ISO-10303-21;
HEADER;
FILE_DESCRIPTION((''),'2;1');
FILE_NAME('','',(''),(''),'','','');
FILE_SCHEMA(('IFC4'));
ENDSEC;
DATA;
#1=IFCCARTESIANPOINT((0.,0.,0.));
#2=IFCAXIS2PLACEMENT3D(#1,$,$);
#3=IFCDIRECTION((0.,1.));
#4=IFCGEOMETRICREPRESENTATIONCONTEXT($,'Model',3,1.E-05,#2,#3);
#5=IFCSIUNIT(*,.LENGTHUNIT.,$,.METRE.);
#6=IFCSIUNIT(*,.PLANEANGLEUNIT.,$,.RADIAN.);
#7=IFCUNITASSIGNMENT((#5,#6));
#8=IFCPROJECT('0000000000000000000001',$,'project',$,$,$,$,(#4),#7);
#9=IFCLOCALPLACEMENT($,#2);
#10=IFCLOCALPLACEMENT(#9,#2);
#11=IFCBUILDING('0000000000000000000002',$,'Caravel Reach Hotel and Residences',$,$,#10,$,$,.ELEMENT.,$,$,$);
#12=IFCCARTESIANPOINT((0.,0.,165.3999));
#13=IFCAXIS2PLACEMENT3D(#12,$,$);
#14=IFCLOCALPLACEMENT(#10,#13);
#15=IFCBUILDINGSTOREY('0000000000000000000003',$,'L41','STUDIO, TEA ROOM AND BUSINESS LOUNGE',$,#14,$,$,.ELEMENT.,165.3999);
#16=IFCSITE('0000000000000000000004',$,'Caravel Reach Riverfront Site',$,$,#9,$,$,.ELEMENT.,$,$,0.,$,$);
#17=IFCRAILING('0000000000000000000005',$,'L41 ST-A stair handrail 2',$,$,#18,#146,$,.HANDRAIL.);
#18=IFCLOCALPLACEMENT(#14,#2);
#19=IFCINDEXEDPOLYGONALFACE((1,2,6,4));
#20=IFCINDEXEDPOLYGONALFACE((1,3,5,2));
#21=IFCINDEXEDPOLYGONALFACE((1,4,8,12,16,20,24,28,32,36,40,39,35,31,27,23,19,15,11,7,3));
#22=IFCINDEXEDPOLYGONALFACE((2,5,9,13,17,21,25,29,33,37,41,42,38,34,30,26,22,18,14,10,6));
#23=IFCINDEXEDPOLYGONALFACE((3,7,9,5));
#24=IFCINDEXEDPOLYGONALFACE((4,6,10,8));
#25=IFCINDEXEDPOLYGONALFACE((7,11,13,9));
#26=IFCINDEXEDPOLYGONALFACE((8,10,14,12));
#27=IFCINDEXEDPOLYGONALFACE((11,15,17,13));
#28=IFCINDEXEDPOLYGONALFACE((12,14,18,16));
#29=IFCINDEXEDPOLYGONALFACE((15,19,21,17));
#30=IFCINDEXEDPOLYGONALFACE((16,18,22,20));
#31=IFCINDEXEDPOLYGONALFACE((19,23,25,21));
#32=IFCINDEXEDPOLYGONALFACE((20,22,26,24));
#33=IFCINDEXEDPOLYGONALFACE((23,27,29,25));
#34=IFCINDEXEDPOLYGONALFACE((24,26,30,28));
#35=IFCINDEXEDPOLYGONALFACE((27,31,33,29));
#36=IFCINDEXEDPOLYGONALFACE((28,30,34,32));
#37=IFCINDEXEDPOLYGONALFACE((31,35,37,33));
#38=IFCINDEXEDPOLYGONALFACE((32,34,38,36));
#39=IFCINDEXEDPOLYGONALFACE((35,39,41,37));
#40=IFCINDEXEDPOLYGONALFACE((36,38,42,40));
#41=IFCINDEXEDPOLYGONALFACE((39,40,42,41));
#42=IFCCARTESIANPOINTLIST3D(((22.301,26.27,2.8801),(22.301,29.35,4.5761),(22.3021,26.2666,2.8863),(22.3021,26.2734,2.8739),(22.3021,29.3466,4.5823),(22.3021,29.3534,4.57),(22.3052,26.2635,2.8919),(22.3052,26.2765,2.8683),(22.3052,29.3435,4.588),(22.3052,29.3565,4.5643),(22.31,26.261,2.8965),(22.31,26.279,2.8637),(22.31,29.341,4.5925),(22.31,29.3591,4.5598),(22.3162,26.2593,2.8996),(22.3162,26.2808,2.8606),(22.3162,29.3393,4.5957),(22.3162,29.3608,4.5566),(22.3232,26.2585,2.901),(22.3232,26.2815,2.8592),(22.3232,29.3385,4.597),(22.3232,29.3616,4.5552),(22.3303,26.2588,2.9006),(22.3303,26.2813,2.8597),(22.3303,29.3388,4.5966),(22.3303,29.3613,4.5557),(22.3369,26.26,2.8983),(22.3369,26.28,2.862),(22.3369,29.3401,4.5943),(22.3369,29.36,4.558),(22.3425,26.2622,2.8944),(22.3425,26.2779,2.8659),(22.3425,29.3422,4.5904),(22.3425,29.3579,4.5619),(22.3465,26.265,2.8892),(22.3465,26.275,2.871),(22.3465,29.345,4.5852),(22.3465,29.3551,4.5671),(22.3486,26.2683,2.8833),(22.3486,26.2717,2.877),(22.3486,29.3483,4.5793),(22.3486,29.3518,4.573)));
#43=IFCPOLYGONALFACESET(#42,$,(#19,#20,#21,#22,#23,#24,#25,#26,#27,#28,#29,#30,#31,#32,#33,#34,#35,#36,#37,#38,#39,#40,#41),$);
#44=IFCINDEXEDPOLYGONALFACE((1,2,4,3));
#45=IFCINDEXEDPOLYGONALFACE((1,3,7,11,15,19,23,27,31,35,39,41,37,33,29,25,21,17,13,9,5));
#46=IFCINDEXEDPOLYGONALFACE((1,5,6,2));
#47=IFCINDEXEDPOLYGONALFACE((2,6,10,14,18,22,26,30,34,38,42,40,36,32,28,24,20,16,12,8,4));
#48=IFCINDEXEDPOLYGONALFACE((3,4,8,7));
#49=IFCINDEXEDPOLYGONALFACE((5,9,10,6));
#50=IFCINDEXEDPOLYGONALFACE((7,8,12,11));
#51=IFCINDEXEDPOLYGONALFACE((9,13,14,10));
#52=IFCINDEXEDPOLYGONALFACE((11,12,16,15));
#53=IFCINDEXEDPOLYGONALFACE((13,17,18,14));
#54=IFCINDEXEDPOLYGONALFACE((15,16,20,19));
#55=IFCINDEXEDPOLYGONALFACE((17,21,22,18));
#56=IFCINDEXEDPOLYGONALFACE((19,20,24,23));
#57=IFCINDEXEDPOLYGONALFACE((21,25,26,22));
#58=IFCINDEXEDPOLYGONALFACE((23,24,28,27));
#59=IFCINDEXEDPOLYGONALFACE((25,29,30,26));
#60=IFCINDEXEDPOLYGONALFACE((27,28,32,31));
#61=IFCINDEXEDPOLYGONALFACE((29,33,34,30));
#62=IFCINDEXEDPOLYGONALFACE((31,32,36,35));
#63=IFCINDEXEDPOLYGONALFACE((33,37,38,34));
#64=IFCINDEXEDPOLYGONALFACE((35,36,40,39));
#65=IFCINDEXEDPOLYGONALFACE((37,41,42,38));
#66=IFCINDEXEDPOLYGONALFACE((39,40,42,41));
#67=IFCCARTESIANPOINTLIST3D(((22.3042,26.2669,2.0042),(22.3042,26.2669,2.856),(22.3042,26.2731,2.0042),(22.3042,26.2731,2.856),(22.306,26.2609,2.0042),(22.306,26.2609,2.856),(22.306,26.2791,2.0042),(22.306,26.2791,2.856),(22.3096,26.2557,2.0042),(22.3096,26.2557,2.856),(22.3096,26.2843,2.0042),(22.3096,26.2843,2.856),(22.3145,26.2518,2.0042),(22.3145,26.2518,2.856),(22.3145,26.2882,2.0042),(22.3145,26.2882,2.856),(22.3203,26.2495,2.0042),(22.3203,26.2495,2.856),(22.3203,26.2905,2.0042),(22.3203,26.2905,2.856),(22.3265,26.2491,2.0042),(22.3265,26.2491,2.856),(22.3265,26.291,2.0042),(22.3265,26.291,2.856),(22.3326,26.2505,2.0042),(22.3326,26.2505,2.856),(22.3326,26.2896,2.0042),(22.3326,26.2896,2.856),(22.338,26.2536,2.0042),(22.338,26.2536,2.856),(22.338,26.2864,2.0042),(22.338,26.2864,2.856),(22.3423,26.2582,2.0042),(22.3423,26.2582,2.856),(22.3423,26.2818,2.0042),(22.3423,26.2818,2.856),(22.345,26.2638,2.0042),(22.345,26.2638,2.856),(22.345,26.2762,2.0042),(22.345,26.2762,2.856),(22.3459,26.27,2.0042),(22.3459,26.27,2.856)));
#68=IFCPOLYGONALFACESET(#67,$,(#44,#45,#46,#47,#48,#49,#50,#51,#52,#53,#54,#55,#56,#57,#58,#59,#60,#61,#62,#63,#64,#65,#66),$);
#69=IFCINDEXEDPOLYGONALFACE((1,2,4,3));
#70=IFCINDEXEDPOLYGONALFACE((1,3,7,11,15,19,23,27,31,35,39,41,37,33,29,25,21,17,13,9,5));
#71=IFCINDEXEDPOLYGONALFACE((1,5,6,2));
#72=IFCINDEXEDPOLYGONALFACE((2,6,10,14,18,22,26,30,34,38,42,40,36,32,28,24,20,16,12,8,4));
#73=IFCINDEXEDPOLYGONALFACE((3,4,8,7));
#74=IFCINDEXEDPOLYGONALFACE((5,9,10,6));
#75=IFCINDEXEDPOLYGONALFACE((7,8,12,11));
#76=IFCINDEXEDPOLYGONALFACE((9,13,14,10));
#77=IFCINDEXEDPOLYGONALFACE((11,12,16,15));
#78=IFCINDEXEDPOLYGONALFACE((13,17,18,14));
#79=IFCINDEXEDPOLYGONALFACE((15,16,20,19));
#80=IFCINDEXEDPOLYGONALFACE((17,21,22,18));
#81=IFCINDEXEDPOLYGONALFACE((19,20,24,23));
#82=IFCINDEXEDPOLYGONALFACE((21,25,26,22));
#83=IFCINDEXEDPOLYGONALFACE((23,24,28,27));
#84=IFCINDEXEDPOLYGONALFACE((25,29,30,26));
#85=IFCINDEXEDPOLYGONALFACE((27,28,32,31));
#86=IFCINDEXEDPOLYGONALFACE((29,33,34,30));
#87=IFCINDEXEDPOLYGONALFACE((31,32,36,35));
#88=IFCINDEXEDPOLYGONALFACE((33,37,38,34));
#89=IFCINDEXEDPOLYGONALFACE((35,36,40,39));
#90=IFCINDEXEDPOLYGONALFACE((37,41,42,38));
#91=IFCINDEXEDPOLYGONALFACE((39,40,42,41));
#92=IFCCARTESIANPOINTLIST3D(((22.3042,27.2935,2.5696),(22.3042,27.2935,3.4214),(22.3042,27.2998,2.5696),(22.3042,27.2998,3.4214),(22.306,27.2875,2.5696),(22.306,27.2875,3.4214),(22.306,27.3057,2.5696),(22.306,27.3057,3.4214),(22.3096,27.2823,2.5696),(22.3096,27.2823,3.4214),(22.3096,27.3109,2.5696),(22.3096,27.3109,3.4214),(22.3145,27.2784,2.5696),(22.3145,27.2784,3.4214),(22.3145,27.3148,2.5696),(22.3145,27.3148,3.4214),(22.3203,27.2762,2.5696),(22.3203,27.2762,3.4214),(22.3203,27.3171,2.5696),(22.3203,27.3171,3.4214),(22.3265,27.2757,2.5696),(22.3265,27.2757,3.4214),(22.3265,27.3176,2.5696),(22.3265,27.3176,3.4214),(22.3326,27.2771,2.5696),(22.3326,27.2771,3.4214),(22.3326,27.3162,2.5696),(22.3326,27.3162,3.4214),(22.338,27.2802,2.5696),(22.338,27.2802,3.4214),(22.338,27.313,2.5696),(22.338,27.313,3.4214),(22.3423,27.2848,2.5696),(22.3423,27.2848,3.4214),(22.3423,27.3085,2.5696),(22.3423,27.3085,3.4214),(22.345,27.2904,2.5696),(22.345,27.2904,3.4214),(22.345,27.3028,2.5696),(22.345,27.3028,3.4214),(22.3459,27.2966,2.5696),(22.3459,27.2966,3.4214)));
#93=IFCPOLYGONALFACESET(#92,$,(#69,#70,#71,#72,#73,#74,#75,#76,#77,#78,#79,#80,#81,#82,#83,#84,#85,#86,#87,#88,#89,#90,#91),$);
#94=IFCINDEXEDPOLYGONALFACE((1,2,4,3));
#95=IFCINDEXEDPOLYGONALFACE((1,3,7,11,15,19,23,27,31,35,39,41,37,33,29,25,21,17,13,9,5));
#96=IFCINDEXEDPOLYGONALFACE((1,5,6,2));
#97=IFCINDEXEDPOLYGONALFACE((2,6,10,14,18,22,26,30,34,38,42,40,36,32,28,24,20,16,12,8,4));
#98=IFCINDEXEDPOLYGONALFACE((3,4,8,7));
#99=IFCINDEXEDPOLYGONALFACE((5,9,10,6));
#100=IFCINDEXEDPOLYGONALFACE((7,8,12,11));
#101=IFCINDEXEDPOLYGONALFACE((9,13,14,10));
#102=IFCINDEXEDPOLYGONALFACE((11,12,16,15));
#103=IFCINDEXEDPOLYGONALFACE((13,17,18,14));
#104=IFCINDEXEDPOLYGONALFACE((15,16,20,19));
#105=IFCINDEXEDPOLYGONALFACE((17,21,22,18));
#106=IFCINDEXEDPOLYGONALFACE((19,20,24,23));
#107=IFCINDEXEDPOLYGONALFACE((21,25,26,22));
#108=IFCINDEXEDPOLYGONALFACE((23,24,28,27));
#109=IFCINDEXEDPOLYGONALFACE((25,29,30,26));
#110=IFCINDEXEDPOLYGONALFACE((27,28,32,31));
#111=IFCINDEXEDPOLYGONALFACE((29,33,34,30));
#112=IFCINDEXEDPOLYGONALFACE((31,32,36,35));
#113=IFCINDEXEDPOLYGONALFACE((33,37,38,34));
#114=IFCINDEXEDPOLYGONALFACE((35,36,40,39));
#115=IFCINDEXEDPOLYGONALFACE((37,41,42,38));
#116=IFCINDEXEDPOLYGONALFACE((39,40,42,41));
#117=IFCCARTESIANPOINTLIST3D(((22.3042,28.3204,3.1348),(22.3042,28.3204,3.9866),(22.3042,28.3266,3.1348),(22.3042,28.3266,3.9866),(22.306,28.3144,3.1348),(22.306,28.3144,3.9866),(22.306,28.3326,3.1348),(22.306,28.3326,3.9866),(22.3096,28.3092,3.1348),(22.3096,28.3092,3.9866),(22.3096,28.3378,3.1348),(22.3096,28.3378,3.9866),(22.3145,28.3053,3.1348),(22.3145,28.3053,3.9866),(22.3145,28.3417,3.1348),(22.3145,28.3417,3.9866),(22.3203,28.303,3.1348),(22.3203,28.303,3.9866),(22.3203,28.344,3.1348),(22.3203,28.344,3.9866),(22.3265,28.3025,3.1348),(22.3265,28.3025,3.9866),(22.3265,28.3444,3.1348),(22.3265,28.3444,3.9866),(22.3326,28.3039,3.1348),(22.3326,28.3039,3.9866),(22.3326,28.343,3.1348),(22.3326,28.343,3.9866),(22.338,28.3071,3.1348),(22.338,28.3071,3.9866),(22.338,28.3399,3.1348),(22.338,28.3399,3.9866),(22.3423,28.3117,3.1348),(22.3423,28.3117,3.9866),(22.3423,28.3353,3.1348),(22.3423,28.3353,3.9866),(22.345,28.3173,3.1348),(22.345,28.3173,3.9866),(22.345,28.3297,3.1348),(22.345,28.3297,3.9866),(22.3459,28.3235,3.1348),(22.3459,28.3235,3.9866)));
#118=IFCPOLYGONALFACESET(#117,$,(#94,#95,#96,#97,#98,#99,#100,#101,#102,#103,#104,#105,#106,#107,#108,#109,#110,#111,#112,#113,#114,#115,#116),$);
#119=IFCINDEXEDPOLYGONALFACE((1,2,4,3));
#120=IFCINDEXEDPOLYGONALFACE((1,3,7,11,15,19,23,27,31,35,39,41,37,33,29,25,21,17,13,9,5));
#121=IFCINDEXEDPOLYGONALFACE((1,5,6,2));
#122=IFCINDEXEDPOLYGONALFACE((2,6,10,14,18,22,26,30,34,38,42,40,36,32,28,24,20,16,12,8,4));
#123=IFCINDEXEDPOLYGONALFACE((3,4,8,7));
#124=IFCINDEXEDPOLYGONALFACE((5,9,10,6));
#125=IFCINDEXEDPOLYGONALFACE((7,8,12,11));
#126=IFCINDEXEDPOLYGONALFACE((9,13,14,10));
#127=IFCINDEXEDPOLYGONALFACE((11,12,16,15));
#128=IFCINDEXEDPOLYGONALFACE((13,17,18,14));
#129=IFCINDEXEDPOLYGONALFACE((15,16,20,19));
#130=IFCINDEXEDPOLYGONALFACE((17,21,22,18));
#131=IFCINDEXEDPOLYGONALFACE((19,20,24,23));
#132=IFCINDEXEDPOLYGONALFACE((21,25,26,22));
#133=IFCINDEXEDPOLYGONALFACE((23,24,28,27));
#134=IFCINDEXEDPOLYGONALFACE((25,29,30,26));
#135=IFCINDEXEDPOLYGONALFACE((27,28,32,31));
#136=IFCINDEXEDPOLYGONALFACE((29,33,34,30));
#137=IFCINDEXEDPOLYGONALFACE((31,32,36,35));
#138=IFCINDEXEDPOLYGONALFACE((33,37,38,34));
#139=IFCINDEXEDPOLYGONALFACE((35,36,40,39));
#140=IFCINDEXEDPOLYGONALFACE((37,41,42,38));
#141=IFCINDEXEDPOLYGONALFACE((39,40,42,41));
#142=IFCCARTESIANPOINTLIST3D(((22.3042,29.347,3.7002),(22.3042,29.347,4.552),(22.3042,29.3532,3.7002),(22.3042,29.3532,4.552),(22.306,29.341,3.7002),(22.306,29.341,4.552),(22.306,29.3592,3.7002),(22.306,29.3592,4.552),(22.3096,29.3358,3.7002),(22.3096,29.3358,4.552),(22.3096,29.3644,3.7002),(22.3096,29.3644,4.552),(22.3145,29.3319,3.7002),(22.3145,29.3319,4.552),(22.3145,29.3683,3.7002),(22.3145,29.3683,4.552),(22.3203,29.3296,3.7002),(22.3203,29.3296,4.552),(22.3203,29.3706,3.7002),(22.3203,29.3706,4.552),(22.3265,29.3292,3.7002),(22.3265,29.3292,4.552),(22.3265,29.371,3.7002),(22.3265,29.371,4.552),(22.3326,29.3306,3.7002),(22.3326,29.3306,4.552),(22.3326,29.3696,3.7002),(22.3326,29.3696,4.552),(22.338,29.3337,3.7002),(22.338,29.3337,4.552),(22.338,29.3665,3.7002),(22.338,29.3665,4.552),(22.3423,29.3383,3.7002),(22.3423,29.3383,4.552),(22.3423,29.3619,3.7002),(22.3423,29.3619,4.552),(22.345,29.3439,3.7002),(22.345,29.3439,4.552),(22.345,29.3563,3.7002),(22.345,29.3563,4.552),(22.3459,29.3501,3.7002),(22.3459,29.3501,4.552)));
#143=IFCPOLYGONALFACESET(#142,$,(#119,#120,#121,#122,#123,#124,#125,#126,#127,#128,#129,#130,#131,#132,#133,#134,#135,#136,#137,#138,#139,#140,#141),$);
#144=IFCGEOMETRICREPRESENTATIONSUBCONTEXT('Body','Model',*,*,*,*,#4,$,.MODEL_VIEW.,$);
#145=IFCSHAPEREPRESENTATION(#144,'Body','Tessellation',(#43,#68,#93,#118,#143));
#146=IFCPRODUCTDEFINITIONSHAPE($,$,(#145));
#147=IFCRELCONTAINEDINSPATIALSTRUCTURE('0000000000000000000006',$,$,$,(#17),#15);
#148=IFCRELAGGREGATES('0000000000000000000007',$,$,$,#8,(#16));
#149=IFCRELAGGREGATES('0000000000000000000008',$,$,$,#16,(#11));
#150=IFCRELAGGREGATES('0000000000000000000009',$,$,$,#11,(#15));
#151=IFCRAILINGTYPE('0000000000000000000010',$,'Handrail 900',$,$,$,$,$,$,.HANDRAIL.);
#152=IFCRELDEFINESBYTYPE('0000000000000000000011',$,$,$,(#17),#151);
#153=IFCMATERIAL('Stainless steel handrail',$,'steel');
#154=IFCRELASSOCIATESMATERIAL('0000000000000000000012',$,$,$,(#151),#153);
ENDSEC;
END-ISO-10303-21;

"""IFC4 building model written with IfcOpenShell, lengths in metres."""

from ifc_helpers import new_model, si_unit, direction, frame, origin, origin_2d, place, context, subcontext, project, spatial, circle, extrude, material, type_object, element, save


model = new_model("IFC4")

# Units and contexts
model_context = context("Model", 3, precision=1e-05, world=origin(), true_north=direction((0.0, 1.0)))
body_context = subcontext(model_context, "Body", "Model", "MODEL_VIEW")
ifc_project = project(units=[si_unit("LENGTHUNIT", "METRE"), si_unit("PLANEANGLEUNIT", "RADIAN")], contexts=[model_context])

# Site, building, storey
site_placement = place(None, origin())
site = spatial("IfcSite", under=ifc_project, at=site_placement, Name="Caravel Reach Riverfront Site", CompositionType="ELEMENT", RefElevation=0.0)
building_placement = place(site_placement, origin())
building = spatial("IfcBuilding", under=site, at=building_placement, Name="Caravel Reach Hotel and Residences", CompositionType="ELEMENT")
storey_placement = place(building_placement, frame((0.0, 0.0, 165.3999)))
storey = spatial("IfcBuildingStorey", under=building, at=storey_placement, Name="L41", Description="STUDIO, TEA ROOM AND BUSINESS LOUNGE", CompositionType="ELEMENT", Elevation=165.3999)

# Railing
ifc_material_1 = material(Name="Stainless steel handrail", Category="steel")
railing_type_1 = type_object("IfcRailingType", Name="Handrail 900", PredefinedType="HANDRAIL", material=ifc_material_1)
railing_1_placement = place(storey_placement, frame((22.325, 26.27, 2.0042)))
element("IfcRailing", 1, at=railing_1_placement, inside=storey, type_object=railing_type_1, Name="L41 ST-A stair handrail 2", PredefinedType="HANDRAIL", context=body_context, shape_type="SweptSolid", body=[
    extrude(circle(Radius=0.0239, at=origin_2d()), frame((0.0, 0.0, 0.876), z_axis=(0.0, 0.875975, 0.482356), x_axis=(-1.0, 0.0, 0.0)), (0.0, 0.0, 1.0), 3.5161),
    extrude(circle(Radius=0.021, at=origin_2d()), origin(), (0.0, 0.0, 1.0), 0.8518),
    extrude(circle(Radius=0.021, at=origin_2d()), frame((0.0, 1.0266, 0.5654)), (0.0, 0.0, 1.0), 0.8518),
    extrude(circle(Radius=0.021, at=origin_2d()), frame((0.0, 2.0535, 1.1306)), (0.0, 0.0, 1.0), 0.8518),
    extrude(circle(Radius=0.021, at=origin_2d()), frame((0.0, 3.0801, 1.696)), (0.0, 0.0, 1.0), 0.8518),
])

save(model, "model.ifc")
